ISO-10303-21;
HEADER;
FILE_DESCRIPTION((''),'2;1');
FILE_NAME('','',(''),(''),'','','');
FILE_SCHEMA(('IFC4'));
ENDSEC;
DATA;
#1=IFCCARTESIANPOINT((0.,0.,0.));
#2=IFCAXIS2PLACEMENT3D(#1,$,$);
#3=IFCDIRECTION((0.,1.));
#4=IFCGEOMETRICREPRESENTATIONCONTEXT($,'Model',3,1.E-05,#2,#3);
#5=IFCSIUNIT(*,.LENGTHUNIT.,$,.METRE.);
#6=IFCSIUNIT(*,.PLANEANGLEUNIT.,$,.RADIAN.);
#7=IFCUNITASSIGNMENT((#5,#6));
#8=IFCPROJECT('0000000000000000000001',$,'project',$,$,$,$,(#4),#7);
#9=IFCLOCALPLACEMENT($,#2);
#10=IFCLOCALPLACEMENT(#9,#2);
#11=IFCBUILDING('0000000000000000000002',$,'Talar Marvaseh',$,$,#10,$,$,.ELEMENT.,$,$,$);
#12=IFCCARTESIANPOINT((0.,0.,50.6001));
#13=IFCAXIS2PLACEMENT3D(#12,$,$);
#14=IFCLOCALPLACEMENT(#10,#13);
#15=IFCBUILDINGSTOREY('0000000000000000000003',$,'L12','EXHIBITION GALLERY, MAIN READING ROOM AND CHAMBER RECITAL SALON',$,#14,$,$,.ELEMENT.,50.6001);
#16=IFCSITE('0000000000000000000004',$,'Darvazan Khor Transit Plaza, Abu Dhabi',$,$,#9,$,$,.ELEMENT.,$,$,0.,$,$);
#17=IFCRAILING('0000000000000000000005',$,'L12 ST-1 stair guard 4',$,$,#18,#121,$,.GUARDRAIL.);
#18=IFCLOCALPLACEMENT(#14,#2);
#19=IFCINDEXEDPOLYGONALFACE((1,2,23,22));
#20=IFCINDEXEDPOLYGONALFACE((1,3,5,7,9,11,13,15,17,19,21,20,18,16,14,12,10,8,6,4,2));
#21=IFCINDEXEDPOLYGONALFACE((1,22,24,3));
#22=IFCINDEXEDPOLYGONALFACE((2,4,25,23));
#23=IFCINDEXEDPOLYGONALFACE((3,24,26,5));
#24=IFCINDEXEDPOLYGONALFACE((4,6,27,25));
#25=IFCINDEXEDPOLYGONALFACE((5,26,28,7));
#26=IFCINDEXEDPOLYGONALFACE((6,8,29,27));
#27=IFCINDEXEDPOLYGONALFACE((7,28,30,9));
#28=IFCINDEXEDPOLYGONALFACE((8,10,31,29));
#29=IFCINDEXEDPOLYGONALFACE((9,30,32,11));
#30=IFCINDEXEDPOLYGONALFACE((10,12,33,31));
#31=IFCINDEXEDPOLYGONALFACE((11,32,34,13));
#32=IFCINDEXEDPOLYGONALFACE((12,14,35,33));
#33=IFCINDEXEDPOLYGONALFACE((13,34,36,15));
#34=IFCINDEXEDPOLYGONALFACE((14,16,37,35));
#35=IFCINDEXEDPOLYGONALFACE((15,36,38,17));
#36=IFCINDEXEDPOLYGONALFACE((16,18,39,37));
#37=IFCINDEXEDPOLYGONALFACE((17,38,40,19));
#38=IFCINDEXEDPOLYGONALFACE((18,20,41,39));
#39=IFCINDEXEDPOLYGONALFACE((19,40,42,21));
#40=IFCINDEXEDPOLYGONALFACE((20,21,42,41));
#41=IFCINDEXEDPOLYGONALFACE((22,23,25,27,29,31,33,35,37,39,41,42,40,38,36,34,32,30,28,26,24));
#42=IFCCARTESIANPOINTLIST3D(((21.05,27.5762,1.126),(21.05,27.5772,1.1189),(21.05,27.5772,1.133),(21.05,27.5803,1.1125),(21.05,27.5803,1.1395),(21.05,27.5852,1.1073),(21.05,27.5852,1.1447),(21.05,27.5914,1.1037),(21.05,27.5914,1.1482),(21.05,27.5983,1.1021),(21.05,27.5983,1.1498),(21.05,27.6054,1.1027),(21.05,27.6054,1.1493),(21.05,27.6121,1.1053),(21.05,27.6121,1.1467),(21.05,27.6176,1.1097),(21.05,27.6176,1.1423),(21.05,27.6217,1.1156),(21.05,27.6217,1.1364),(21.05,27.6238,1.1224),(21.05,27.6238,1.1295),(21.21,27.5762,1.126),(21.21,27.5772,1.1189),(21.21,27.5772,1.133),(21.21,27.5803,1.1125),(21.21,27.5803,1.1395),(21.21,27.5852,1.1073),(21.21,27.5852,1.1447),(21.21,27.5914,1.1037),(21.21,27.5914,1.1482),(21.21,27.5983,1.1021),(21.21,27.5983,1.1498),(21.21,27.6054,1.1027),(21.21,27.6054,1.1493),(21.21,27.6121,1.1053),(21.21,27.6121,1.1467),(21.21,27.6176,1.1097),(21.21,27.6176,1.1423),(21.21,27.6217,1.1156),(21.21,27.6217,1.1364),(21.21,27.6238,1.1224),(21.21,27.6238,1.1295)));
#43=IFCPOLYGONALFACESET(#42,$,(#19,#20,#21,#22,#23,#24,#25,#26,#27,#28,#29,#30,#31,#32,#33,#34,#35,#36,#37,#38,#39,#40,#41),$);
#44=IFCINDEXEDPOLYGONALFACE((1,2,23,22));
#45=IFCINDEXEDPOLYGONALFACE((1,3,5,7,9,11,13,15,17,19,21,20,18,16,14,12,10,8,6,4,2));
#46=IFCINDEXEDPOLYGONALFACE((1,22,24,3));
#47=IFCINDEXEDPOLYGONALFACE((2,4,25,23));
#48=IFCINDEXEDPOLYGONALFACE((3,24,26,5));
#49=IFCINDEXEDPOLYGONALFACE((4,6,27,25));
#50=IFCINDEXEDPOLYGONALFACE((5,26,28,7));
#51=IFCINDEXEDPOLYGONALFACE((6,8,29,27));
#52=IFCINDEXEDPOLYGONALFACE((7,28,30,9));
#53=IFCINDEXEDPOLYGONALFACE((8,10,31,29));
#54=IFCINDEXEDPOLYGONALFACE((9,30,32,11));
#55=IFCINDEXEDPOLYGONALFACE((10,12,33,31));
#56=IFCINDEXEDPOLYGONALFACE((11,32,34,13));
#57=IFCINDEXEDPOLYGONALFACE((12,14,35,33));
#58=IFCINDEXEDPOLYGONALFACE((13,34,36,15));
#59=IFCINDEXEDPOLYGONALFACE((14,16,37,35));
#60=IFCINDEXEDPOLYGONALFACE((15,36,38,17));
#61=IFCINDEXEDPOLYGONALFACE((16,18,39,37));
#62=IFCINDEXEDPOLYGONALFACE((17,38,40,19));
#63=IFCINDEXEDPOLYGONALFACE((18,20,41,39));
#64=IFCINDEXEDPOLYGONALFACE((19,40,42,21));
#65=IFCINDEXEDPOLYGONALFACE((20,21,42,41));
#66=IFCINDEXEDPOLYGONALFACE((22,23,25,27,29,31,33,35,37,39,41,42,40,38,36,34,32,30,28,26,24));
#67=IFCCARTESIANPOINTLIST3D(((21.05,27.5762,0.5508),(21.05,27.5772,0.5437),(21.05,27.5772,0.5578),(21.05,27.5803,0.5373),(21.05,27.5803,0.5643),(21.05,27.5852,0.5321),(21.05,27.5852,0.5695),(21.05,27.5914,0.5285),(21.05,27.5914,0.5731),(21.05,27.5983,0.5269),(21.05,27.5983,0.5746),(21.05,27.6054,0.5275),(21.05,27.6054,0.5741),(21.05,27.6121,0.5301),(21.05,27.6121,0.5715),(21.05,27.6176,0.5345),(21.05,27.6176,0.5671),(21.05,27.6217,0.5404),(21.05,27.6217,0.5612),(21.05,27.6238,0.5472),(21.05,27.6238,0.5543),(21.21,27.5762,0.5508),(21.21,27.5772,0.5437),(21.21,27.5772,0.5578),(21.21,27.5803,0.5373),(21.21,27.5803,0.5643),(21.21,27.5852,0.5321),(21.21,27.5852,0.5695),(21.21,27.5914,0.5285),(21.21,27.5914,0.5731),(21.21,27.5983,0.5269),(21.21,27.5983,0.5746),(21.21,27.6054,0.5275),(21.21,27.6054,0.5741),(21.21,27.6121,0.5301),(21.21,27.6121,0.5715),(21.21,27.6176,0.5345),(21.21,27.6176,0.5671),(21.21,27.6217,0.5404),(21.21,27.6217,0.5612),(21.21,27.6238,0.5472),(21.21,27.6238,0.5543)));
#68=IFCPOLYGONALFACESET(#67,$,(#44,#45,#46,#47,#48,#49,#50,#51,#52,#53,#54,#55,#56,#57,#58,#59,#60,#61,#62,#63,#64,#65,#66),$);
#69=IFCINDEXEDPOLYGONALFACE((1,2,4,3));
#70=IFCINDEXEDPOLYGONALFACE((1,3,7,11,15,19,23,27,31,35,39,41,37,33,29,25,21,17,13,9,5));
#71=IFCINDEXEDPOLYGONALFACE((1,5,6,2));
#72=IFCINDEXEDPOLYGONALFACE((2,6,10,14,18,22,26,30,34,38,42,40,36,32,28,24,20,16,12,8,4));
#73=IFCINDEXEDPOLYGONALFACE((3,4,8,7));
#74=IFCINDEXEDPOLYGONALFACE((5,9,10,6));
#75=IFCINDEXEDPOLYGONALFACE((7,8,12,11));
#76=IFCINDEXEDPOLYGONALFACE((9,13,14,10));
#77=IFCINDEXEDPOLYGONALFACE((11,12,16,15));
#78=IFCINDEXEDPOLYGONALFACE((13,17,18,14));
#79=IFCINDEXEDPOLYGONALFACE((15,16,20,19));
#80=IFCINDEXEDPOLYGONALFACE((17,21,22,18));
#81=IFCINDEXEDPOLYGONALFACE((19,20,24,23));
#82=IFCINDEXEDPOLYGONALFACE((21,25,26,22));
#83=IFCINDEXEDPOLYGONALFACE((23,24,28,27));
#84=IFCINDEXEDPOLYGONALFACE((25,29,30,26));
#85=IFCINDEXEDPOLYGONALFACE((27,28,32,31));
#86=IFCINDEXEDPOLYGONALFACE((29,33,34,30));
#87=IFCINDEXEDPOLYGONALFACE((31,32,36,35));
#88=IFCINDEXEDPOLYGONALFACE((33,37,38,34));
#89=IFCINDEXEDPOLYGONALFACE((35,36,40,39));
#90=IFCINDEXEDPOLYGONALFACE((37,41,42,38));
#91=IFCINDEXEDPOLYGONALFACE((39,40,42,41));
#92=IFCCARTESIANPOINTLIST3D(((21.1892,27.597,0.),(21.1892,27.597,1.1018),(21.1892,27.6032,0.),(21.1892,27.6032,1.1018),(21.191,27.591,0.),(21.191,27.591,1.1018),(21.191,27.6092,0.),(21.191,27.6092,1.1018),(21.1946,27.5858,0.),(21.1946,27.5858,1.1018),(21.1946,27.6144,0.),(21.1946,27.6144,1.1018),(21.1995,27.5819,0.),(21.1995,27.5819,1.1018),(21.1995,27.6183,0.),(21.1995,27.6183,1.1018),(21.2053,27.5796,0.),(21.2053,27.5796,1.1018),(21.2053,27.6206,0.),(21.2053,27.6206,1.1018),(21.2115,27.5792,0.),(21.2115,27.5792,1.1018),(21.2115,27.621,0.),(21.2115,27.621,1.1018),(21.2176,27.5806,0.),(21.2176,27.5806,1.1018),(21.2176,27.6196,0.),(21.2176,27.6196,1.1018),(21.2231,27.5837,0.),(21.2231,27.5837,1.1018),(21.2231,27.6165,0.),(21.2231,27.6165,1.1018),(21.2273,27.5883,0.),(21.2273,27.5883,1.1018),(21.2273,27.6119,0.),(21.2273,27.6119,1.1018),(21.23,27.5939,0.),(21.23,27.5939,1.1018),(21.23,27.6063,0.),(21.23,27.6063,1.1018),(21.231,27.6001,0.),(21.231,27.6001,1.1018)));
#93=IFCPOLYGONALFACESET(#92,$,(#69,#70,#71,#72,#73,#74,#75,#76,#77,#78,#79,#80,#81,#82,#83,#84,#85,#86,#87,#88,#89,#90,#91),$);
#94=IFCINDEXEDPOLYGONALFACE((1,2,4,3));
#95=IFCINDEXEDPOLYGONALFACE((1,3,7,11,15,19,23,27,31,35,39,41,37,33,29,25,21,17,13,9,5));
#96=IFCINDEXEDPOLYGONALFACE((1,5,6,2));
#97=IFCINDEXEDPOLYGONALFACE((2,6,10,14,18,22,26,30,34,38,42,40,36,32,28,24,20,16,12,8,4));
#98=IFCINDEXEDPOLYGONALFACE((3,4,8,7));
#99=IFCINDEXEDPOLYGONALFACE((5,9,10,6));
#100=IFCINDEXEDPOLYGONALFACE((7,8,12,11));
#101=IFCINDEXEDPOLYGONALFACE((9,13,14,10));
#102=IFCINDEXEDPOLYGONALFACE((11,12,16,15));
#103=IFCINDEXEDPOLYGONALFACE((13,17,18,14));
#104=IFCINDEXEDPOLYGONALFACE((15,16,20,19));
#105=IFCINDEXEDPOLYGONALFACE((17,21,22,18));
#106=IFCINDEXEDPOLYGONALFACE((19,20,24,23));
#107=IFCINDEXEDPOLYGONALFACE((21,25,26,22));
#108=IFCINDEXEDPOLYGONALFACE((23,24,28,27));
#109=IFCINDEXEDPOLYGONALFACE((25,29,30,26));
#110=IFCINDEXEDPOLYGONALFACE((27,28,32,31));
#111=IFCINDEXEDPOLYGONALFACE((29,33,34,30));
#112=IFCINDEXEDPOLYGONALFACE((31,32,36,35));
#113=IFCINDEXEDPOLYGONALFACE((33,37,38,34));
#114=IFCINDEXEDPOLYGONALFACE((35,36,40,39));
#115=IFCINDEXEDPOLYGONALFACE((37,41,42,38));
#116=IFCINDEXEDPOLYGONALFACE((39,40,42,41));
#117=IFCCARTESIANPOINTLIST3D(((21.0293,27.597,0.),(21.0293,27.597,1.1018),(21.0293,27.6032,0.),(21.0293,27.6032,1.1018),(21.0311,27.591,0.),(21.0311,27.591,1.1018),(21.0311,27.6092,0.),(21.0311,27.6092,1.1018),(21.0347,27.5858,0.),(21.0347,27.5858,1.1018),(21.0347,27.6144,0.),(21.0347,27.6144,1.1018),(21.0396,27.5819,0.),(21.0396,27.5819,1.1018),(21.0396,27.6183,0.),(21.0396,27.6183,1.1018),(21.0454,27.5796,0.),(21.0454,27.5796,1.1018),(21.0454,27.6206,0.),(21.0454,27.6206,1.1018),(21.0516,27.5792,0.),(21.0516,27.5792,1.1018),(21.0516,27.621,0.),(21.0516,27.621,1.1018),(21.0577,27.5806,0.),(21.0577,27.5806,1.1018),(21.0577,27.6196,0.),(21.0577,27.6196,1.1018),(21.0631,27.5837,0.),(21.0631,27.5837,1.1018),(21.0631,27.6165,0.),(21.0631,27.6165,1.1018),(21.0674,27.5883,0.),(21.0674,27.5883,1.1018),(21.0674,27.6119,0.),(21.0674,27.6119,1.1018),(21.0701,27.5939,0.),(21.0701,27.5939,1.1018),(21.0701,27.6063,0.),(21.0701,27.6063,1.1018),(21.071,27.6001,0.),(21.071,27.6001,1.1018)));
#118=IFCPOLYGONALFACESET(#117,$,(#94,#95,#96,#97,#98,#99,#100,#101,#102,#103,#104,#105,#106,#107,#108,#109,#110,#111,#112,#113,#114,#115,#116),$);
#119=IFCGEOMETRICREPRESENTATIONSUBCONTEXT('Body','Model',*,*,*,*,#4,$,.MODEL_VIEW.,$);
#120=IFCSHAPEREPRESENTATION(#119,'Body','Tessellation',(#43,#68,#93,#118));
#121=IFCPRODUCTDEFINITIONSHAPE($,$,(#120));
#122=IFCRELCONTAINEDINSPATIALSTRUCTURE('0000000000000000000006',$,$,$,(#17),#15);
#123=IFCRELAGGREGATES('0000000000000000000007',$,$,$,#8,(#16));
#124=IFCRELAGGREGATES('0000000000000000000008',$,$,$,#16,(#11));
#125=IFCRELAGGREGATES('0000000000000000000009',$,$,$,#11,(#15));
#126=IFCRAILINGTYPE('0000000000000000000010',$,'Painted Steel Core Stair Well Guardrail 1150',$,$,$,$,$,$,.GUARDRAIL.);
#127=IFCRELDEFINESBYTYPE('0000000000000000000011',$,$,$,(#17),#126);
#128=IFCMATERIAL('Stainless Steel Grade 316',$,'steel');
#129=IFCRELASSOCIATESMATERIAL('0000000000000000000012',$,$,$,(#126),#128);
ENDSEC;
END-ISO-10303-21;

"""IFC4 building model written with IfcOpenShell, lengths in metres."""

from ifc_helpers import new_model, si_unit, direction, frame, origin, origin_2d, place, context, subcontext, project, spatial, circle, extrude, material, type_object, element, save


model = new_model("IFC4")

# Units and contexts
model_context = context("Model", 3, precision=1e-05, world=origin(), true_north=direction((0.0, 1.0)))
body_context = subcontext(model_context, "Body", "Model", "MODEL_VIEW")
ifc_project = project(units=[si_unit("LENGTHUNIT", "METRE"), si_unit("PLANEANGLEUNIT", "RADIAN")], contexts=[model_context])

# Site, building, storey
site_placement = place(None, origin())
site = spatial("IfcSite", under=ifc_project, at=site_placement, Name="Darvazan Khor Transit Plaza, Abu Dhabi", CompositionType="ELEMENT", RefElevation=0.0)
building_placement = place(site_placement, origin())
building = spatial("IfcBuilding", under=site, at=building_placement, Name="Talar Marvaseh", CompositionType="ELEMENT")
storey_placement = place(building_placement, frame((0.0, 0.0, 50.6001)))
storey = spatial("IfcBuildingStorey", under=building, at=storey_placement, Name="L12", Description="EXHIBITION GALLERY, MAIN READING ROOM AND CHAMBER RECITAL SALON", CompositionType="ELEMENT", Elevation=50.6001)

# Railing
ifc_material_1 = material(Name="Stainless Steel Grade 316", Category="steel")
railing_type_1 = type_object("IfcRailingType", Name="Painted Steel Core Stair Well Guardrail 1150", PredefinedType="GUARDRAIL", material=ifc_material_1)
railing_1_placement = place(storey_placement, frame((21.21, 27.6001, 0.0)))
element("IfcRailing", 1, at=railing_1_placement, inside=storey, type_object=railing_type_1, Name="L12 ST-1 stair guard 4", PredefinedType="GUARDRAIL", context=body_context, shape_type="SweptSolid", body=[
    extrude(circle(Radius=0.0239, at=origin_2d()), frame((0.0, 0.0, 1.126), z_axis=(-1.0, 0.0, 0.0), x_axis=(0.0, -1.0, 0.0)), (0.0, 0.0, 1.0), 0.1599),
    extrude(circle(Radius=0.0239, at=origin_2d()), frame((0.0, 0.0, 0.5508), z_axis=(-1.0, 0.0, 0.0), x_axis=(0.0, -1.0, 0.0)), (0.0, 0.0, 1.0), 0.1599),
    extrude(circle(Radius=0.021, at=origin_2d()), origin(), (0.0, 0.0, 1.0), 1.1018),
    extrude(circle(Radius=0.021, at=origin_2d()), frame((-0.1599, 0.0, 0.0)), (0.0, 0.0, 1.0), 1.1018),
])

save(model, "model.ifc")
